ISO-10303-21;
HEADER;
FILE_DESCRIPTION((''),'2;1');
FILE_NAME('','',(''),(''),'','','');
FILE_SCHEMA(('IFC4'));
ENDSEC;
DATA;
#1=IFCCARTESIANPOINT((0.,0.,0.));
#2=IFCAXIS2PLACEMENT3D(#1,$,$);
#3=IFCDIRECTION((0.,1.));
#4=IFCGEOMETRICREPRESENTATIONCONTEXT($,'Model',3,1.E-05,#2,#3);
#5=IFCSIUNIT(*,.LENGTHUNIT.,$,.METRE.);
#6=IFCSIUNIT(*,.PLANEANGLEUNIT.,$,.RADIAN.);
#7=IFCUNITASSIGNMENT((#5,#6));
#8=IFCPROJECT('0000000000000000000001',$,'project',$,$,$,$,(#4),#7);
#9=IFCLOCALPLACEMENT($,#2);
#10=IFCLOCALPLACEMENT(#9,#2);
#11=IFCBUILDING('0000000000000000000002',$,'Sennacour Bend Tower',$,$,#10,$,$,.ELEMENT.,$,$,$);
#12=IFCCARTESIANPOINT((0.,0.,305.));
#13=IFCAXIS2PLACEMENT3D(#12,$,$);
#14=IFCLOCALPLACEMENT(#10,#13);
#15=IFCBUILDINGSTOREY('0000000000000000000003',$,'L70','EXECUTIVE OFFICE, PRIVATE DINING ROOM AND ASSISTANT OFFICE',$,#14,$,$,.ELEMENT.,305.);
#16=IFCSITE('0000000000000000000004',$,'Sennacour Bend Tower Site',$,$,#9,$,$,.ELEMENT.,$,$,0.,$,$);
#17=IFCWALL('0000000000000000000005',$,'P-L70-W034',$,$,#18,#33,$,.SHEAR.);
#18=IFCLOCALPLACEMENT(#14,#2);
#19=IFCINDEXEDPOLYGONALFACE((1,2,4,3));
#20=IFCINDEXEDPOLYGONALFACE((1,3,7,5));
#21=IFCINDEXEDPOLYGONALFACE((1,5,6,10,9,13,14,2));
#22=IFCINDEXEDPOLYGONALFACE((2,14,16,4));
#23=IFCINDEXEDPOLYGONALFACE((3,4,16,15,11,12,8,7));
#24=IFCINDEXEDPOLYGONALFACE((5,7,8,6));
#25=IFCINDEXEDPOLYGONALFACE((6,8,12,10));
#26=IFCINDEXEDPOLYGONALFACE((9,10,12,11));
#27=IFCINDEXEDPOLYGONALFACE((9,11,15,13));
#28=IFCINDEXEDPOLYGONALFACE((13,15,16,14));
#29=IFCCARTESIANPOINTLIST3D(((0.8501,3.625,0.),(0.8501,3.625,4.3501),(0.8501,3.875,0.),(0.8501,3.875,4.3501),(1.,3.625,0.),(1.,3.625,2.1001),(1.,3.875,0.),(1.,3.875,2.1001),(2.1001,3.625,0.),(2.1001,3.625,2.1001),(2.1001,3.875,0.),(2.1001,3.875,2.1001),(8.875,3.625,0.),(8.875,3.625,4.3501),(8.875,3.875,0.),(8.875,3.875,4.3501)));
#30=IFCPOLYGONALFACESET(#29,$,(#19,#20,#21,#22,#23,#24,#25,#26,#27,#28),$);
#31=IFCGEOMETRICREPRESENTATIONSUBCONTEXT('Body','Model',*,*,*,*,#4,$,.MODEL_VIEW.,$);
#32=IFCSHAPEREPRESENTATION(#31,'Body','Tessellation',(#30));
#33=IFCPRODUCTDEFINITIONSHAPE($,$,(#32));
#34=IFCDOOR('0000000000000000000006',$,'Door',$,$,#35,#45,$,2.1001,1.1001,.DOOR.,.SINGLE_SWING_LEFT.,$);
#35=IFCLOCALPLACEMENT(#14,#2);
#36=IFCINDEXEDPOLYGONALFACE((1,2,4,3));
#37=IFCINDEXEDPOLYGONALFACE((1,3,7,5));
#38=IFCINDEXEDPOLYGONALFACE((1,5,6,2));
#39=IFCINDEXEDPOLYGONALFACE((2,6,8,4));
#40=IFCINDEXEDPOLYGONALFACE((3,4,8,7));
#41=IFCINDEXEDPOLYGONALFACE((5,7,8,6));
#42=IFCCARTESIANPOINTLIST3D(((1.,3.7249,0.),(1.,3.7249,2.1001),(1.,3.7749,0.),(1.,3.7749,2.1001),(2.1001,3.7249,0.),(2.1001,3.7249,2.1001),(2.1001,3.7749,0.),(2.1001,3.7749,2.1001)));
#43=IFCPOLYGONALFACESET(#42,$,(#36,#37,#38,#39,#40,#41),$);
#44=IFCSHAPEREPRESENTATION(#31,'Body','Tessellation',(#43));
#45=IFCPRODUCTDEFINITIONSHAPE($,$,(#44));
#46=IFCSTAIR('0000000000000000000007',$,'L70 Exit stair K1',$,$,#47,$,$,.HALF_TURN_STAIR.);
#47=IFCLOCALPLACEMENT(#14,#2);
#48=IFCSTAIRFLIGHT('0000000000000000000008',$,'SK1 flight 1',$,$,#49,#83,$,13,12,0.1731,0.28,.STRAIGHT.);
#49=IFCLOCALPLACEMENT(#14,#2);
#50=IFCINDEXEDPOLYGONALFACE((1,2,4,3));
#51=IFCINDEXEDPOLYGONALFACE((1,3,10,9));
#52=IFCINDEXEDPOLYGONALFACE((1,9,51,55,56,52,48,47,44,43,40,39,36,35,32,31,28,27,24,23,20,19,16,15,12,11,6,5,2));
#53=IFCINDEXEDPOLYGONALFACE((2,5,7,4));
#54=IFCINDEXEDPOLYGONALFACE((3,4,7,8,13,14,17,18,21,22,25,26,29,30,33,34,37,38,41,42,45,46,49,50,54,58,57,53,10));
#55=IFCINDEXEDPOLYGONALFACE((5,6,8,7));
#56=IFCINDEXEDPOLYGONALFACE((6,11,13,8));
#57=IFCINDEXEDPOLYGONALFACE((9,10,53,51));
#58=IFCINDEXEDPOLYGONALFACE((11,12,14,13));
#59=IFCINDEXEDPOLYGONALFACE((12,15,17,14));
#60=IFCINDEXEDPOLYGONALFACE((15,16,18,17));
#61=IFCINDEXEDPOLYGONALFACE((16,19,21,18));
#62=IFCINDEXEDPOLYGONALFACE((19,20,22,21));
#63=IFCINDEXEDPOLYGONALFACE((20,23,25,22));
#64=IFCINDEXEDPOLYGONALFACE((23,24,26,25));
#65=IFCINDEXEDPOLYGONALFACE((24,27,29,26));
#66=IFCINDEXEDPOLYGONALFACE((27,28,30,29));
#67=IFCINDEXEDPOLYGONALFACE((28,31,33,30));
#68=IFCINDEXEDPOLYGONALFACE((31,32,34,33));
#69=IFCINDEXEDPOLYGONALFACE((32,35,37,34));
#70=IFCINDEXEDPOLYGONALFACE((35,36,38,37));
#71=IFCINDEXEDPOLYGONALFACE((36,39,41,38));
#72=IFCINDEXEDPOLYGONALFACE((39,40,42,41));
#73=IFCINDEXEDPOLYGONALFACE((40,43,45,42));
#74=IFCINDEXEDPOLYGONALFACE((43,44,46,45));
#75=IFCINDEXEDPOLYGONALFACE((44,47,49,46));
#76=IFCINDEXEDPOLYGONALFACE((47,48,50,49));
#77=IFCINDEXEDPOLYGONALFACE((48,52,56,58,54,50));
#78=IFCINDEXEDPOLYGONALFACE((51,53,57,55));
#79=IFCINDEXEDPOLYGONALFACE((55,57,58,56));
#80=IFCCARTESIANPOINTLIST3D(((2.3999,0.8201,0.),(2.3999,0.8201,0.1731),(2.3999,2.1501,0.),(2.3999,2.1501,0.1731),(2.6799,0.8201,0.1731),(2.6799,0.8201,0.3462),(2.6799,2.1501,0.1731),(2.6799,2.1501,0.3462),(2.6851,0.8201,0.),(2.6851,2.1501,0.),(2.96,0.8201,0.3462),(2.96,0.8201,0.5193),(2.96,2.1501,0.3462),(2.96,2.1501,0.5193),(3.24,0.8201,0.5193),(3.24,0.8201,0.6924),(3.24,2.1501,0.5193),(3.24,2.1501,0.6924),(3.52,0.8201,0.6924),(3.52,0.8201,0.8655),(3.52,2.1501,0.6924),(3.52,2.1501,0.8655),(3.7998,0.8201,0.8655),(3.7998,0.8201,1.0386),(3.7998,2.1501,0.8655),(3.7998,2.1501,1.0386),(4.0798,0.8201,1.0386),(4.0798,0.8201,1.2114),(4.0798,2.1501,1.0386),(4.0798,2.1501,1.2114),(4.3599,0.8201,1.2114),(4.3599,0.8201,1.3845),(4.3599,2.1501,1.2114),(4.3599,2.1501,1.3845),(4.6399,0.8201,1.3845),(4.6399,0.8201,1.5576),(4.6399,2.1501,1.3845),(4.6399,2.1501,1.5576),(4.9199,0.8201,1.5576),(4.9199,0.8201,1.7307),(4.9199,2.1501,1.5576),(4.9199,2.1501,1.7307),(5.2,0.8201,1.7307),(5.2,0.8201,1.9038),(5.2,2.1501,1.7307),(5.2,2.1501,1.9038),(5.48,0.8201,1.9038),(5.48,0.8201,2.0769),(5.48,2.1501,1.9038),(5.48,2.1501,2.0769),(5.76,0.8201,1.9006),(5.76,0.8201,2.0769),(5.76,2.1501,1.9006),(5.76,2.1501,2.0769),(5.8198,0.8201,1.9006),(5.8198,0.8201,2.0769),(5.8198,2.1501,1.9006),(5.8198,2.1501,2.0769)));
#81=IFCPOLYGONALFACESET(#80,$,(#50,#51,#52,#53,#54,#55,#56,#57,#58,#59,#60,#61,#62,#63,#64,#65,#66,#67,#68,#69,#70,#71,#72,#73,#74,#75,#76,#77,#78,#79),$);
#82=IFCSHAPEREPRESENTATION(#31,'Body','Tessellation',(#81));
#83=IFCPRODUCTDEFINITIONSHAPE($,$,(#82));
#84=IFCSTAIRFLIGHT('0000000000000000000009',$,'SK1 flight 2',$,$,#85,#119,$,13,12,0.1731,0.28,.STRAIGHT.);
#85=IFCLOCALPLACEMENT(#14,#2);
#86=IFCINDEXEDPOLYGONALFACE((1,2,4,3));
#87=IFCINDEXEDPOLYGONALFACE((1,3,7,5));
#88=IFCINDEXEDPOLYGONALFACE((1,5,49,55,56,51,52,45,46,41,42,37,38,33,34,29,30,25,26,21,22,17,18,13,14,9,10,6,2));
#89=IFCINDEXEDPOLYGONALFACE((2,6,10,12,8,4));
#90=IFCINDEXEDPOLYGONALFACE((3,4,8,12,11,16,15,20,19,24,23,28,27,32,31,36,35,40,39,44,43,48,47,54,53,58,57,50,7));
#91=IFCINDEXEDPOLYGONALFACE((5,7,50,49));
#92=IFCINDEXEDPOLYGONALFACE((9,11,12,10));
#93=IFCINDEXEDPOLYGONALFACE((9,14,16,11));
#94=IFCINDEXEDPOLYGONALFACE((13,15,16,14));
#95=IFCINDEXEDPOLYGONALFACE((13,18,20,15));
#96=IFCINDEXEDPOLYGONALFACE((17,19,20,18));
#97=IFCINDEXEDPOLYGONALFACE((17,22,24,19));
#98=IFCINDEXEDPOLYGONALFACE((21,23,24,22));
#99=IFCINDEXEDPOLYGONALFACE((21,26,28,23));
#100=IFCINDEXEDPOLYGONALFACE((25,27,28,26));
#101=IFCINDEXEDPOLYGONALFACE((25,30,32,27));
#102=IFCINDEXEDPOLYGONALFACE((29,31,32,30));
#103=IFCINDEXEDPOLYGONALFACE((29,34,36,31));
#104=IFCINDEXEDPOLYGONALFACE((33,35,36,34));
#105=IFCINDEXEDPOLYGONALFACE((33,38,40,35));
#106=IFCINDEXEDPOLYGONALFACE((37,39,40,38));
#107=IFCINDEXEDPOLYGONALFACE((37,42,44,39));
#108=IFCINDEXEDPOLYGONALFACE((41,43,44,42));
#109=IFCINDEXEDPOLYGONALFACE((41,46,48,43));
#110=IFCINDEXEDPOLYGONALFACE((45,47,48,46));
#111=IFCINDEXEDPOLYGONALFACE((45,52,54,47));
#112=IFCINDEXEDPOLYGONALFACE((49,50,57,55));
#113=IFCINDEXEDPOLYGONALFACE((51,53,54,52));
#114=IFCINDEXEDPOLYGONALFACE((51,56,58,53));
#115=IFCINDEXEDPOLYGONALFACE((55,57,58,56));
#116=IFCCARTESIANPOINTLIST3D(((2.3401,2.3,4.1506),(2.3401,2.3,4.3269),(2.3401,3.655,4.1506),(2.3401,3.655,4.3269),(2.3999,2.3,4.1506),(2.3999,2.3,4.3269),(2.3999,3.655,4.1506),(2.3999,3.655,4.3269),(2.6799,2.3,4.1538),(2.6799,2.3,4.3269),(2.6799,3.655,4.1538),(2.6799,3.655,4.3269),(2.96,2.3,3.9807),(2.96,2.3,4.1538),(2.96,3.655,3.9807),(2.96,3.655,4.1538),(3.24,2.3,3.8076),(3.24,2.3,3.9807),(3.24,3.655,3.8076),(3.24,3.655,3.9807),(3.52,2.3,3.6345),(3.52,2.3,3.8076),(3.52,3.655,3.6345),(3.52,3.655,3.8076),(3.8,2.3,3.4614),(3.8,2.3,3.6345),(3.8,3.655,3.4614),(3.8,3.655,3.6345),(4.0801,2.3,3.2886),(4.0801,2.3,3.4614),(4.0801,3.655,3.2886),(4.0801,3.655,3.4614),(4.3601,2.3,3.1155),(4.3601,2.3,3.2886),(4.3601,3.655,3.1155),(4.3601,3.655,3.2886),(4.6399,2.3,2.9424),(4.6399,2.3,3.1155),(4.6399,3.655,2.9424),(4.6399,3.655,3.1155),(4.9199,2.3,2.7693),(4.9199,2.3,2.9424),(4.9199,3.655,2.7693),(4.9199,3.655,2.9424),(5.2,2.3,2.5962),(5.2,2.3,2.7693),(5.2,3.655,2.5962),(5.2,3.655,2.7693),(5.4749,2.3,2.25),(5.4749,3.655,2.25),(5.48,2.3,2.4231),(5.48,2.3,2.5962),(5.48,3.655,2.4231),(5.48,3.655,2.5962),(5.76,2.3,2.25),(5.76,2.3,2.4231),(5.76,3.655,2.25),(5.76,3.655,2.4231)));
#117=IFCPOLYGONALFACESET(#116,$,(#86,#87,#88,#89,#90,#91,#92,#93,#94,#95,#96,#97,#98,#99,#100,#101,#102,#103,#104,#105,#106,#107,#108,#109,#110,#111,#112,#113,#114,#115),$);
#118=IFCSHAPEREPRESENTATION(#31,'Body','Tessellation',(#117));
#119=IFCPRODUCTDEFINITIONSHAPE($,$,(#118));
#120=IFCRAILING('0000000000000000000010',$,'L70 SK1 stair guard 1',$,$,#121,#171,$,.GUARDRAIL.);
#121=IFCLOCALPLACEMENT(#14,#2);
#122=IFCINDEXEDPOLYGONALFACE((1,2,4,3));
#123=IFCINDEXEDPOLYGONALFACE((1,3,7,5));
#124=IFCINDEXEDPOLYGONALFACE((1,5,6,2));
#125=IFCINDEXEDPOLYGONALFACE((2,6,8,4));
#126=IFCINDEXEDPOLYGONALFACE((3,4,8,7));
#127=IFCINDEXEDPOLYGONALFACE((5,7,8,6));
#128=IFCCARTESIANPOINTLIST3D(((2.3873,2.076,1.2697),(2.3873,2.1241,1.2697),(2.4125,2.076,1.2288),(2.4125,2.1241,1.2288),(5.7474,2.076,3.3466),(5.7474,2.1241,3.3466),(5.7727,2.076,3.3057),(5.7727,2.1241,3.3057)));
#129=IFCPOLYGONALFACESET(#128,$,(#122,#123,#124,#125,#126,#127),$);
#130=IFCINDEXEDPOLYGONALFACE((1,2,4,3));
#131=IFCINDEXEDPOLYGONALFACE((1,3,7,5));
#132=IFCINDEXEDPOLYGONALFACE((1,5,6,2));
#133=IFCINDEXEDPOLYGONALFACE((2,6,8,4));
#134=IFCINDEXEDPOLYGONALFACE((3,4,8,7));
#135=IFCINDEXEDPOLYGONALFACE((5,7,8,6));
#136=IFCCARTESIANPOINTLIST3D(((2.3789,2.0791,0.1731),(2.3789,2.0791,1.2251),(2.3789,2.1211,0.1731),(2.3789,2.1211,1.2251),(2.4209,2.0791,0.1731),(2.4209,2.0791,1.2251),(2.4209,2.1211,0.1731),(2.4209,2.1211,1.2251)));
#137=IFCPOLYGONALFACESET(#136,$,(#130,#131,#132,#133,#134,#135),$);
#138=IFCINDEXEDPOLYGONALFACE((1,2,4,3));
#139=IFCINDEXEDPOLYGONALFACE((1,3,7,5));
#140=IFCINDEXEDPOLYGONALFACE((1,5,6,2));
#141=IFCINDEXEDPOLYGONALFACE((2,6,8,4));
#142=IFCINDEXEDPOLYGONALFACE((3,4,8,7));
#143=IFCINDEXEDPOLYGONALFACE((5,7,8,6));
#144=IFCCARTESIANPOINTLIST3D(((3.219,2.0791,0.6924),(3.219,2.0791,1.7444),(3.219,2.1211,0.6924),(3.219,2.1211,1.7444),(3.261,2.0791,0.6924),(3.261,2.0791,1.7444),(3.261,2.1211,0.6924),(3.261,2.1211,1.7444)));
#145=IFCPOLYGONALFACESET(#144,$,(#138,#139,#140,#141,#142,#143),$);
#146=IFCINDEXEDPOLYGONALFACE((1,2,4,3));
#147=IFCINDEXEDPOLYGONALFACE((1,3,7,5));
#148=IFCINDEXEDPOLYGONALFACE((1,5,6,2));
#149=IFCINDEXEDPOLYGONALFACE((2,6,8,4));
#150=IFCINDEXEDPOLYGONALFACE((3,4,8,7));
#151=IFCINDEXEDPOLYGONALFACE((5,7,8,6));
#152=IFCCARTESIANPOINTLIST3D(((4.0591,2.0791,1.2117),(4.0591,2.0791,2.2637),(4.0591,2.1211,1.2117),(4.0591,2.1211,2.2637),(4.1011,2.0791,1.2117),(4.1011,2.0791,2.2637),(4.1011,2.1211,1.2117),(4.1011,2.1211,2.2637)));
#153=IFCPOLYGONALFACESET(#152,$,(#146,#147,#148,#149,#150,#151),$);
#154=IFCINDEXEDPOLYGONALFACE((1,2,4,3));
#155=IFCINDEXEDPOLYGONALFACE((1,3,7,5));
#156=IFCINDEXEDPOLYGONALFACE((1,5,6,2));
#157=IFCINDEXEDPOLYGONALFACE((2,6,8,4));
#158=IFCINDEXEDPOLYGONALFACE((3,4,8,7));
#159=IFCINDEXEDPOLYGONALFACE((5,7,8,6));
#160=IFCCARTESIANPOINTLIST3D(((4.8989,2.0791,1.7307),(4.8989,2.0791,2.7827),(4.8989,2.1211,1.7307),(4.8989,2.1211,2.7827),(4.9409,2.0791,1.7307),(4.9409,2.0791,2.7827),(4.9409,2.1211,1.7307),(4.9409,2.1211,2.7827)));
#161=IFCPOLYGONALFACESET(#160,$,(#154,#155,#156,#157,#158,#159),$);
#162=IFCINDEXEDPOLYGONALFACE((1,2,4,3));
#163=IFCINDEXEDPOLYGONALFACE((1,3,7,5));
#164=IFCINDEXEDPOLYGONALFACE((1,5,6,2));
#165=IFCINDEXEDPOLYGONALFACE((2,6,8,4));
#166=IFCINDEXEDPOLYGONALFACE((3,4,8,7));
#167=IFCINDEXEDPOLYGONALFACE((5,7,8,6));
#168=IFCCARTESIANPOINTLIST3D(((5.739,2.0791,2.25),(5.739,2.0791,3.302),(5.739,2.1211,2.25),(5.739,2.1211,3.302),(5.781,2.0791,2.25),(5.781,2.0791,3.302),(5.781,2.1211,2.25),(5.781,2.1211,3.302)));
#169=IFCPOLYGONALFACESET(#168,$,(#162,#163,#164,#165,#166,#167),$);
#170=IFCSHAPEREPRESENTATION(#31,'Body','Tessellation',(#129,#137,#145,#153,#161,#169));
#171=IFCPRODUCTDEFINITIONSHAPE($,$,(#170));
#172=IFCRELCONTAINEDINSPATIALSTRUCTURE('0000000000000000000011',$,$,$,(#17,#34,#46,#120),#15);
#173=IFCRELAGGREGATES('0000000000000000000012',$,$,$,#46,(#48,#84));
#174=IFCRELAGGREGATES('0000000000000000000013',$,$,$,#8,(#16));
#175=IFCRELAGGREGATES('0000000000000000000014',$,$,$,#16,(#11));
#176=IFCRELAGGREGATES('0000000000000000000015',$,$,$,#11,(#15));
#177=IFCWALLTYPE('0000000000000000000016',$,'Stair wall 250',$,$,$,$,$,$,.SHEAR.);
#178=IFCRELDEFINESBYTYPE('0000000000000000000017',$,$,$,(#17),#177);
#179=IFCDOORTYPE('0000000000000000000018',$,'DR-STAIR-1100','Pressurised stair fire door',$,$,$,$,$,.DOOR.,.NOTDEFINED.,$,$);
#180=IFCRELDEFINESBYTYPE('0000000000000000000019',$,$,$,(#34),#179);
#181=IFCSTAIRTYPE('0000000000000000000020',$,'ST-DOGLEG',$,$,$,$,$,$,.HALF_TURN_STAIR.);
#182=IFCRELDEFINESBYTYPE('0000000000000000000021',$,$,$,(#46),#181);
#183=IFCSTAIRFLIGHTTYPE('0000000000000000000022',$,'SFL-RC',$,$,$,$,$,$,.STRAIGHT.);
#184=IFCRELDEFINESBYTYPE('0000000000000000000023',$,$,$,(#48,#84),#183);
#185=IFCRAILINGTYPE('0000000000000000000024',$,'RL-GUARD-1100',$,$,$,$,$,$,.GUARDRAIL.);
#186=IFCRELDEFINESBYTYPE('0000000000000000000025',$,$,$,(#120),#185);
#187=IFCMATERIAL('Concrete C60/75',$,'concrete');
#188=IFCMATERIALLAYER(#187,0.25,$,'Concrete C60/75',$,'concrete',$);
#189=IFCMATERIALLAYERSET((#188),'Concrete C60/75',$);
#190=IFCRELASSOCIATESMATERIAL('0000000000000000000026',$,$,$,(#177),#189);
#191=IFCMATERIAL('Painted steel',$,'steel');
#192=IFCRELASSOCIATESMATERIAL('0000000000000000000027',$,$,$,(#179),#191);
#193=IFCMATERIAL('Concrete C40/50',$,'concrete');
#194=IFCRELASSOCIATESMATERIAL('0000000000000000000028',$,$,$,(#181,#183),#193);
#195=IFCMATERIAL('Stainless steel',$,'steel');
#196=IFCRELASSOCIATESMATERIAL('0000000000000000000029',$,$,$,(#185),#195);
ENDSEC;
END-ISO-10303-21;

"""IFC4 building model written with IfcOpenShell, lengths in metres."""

from ifc_helpers import new_model, si_unit, direction, frame, frame_2d, origin, origin_2d, place, context, subcontext, project, spatial, polyline, rectangle, outline, extrude, material, layer, layer_set, type_object, element, fill, aggregate, save


model = new_model("IFC4")

# Units and contexts
model_context = context("Model", 3, precision=1e-05, world=origin(), true_north=direction((0.0, 1.0)))
body_context = subcontext(model_context, "Body", "Model", "MODEL_VIEW")
ifc_project = project(units=[si_unit("LENGTHUNIT", "METRE"), si_unit("PLANEANGLEUNIT", "RADIAN")], contexts=[model_context])

# Site, building, storey
site_placement = place(None, origin())
site = spatial("IfcSite", under=ifc_project, at=site_placement, Name="Sennacour Bend Tower Site", CompositionType="ELEMENT", RefElevation=0.0)
building_placement = place(site_placement, origin())
building = spatial("IfcBuilding", under=site, at=building_placement, Name="Sennacour Bend Tower", CompositionType="ELEMENT")
storey_placement = place(building_placement, frame((0.0, 0.0, 305.0)))
storey = spatial("IfcBuildingStorey", under=building, at=storey_placement, Name="L70", Description="EXECUTIVE OFFICE, PRIVATE DINING ROOM AND ASSISTANT OFFICE", CompositionType="ELEMENT", Elevation=305.0)

# Shared definitions
ifc_material_1 = material(Name="Concrete C60/75", Category="concrete")
ifc_layer_1 = layer(ifc_material_1, 0.25, Name="Concrete C60/75", Category="concrete")
ifc_layer_set_1 = layer_set([ifc_layer_1], Name="Concrete C60/75")
wall_type = type_object("IfcWallType", Name="Stair wall 250", PredefinedType="SHEAR", material=ifc_layer_set_1)

# Wall, opening, door
wall_1_placement = place(storey_placement, frame((0.8501, 3.75, 0.0), z_axis=(0.0, 0.0, 1.0), x_axis=(1.0, 0.0, 0.0)))
wall_1 = element("IfcWall", 1, at=wall_1_placement, inside=storey, type_object=wall_type, Name="P-L70-W034", PredefinedType="SHEAR", context=body_context, shape_type="SweptSolid", body=[
    extrude(rectangle(XDim=8.0249, YDim=0.25, at=frame_2d((4.0125, 0.0))), origin(), (0.0, 0.0, 1.0), 4.3501),
])
opening_placement = place(wall_1_placement, frame((0.1499, 0.0, 0.0)))
opening = element("IfcOpeningElement", 2, at=opening_placement, cuts=wall_1, PredefinedType="OPENING", context=body_context, shape_type="SweptSolid", body=[
    extrude(rectangle(XDim=1.1001, YDim=2.1001, at=frame_2d((0.55, 1.05))), frame((0.0, 0.135, 0.0), z_axis=(0.0, -1.0, 0.0), x_axis=(1.0, 0.0, 0.0)), (0.0, 0.0, 1.0), 0.27),
])
ifc_material_2 = material(Name="Painted steel", Category="steel")
door_type = type_object("IfcDoorType", Name="DR-STAIR-1100", Description="Pressurised stair fire door", OperationType="NOTDEFINED", PredefinedType="DOOR", material=ifc_material_2)
door_placement = place(opening_placement, origin())
door = element("IfcDoor", 3, at=door_placement, inside=storey, type_object=door_type, Name="Door", OperationType="SINGLE_SWING_LEFT", OverallHeight=2.1001, OverallWidth=1.1001, PredefinedType="DOOR", context=body_context, shape_type="SweptSolid", body=[
    extrude(rectangle(XDim=1.1001, YDim=2.1001, at=frame_2d((0.55, 1.05))), frame((0.0, 0.0249, 0.0), z_axis=(0.0, -1.0, 0.0), x_axis=(1.0, 0.0, 0.0)), (0.0, 0.0, 1.0), 0.05),
])
fill(opening, door)

# Stair, stair flights
ifc_material_3 = material(Name="Concrete C40/50", Category="concrete")
stair_type = type_object("IfcStairType", Name="ST-DOGLEG", PredefinedType="HALF_TURN_STAIR", material=ifc_material_3)
stair_placement = place(storey_placement, origin())
stair = element("IfcStair", 4, at=stair_placement, inside=storey, type_object=stair_type, Name="L70 Exit stair K1", PredefinedType="HALF_TURN_STAIR")
stair_flight_type = type_object("IfcStairFlightType", Name="SFL-RC", PredefinedType="STRAIGHT", material=ifc_material_3)
stair_flight_1_placement = place(storey_placement, frame((2.3999, 1.4851, 0.0), z_axis=(0.0, 0.0, 1.0), x_axis=(1.0, 0.0, 0.0)))
stair_flight_1 = element("IfcStairFlight", 5, at=stair_flight_1_placement, type_object=stair_flight_type, Name="SK1 flight 1", NumberOfRisers=13, NumberOfTreads=12, PredefinedType="STRAIGHT", RiserHeight=0.1731, TreadLength=0.28, context=body_context, shape_type="SweptSolid", body=[
    extrude(outline(polyline([(0.0, 0.0), (0.0, 0.1731), (0.28, 0.1731), (0.28, 0.3462), (0.5601, 0.3462), (0.5601, 0.5193), (0.8401, 0.5193), (0.8401, 0.6924), (1.1201, 0.6924), (1.1201, 0.8655), (1.3999, 0.8655), (1.3999, 1.0386), (1.6799, 1.0386), (1.6799, 1.2114), (1.96, 1.2114), (1.96, 1.3845), (2.24, 1.3845), (2.24, 1.5576), (2.52, 1.5576), (2.52, 1.7307), (2.8, 1.7307), (2.8, 1.9038), (3.0801, 1.9038), (3.0801, 2.0769), (3.3601, 2.0769), (3.4199, 2.0769), (3.4199, 1.9006), (3.3601, 1.9006), (0.2852, 0.0), (0.0, 0.0)])), frame((0.0, 0.665, 0.0), z_axis=(0.0, -1.0, 0.0), x_axis=(1.0, 0.0, 0.0)), (0.0, 0.0, 1.0), 1.3301),
])
stair_flight_2_placement = place(storey_placement, frame((5.76, 2.9775, 2.25), z_axis=(0.0, 0.0, 1.0), x_axis=(-1.0, 0.0, 0.0)))
stair_flight_2 = element("IfcStairFlight", 6, at=stair_flight_2_placement, type_object=stair_flight_type, Name="SK1 flight 2", NumberOfRisers=13, NumberOfTreads=12, PredefinedType="STRAIGHT", RiserHeight=0.1731, TreadLength=0.28, context=body_context, shape_type="SweptSolid", body=[
    extrude(outline(polyline([(0.0, 0.0), (0.0, 0.1731), (0.28, 0.1731), (0.28, 0.3462), (0.5601, 0.3462), (0.5601, 0.5193), (0.8401, 0.5193), (0.8401, 0.6924), (1.1201, 0.6924), (1.1201, 0.8655), (1.3999, 0.8655), (1.3999, 1.0386), (1.6799, 1.0386), (1.6799, 1.2114), (1.96, 1.2114), (1.96, 1.3845), (2.24, 1.3845), (2.24, 1.5576), (2.52, 1.5576), (2.52, 1.7307), (2.8, 1.7307), (2.8, 1.9038), (3.0801, 1.9038), (3.0801, 2.0769), (3.3601, 2.0769), (3.4199, 2.0769), (3.4199, 1.9006), (3.3601, 1.9006), (0.2852, 0.0), (0.0, 0.0)])), frame((0.0, 0.6775, 0.0), z_axis=(0.0, -1.0, 0.0), x_axis=(1.0, 0.0, 0.0)), (0.0, 0.0, 1.0), 1.355),
])
aggregate(stair, [stair_flight_1, stair_flight_2])

# Railing
ifc_material_4 = material(Name="Stainless steel", Category="steel")
railing_type_1 = type_object("IfcRailingType", Name="RL-GUARD-1100", PredefinedType="GUARDRAIL", material=ifc_material_4)
railing_1_placement = place(storey_placement, frame((2.3999, 2.1001, 0.1731)))
element("IfcRailing", 7, at=railing_1_placement, inside=storey, type_object=railing_type_1, Name="L70 SK1 stair guard 1", PredefinedType="GUARDRAIL", context=body_context, shape_type="SweptSolid", body=[
    extrude(rectangle(XDim=0.0481, YDim=0.0481, at=origin_2d()), frame((0.0, 0.0, 1.0762), z_axis=(0.850623, 0.0, 0.525776), x_axis=(0.0, 1.0, 0.0)), (0.0, 0.0, 1.0), 3.9502),
    extrude(rectangle(XDim=0.042, YDim=0.042, at=origin_2d()), origin(), (0.0, 0.0, 1.0), 1.052),
    extrude(rectangle(XDim=0.042, YDim=0.042, at=origin_2d()), frame((0.8401, 0.0, 0.5193)), (0.0, 0.0, 1.0), 1.052),
    extrude(rectangle(XDim=0.042, YDim=0.042, at=origin_2d()), frame((1.6802, 0.0, 1.0386)), (0.0, 0.0, 1.0), 1.052),
    extrude(rectangle(XDim=0.042, YDim=0.042, at=origin_2d()), frame((2.52, 0.0, 1.5576)), (0.0, 0.0, 1.0), 1.052),
    extrude(rectangle(XDim=0.042, YDim=0.042, at=origin_2d()), frame((3.3601, 0.0, 2.0769)), (0.0, 0.0, 1.0), 1.052),
])

save(model, "model.ifc")
